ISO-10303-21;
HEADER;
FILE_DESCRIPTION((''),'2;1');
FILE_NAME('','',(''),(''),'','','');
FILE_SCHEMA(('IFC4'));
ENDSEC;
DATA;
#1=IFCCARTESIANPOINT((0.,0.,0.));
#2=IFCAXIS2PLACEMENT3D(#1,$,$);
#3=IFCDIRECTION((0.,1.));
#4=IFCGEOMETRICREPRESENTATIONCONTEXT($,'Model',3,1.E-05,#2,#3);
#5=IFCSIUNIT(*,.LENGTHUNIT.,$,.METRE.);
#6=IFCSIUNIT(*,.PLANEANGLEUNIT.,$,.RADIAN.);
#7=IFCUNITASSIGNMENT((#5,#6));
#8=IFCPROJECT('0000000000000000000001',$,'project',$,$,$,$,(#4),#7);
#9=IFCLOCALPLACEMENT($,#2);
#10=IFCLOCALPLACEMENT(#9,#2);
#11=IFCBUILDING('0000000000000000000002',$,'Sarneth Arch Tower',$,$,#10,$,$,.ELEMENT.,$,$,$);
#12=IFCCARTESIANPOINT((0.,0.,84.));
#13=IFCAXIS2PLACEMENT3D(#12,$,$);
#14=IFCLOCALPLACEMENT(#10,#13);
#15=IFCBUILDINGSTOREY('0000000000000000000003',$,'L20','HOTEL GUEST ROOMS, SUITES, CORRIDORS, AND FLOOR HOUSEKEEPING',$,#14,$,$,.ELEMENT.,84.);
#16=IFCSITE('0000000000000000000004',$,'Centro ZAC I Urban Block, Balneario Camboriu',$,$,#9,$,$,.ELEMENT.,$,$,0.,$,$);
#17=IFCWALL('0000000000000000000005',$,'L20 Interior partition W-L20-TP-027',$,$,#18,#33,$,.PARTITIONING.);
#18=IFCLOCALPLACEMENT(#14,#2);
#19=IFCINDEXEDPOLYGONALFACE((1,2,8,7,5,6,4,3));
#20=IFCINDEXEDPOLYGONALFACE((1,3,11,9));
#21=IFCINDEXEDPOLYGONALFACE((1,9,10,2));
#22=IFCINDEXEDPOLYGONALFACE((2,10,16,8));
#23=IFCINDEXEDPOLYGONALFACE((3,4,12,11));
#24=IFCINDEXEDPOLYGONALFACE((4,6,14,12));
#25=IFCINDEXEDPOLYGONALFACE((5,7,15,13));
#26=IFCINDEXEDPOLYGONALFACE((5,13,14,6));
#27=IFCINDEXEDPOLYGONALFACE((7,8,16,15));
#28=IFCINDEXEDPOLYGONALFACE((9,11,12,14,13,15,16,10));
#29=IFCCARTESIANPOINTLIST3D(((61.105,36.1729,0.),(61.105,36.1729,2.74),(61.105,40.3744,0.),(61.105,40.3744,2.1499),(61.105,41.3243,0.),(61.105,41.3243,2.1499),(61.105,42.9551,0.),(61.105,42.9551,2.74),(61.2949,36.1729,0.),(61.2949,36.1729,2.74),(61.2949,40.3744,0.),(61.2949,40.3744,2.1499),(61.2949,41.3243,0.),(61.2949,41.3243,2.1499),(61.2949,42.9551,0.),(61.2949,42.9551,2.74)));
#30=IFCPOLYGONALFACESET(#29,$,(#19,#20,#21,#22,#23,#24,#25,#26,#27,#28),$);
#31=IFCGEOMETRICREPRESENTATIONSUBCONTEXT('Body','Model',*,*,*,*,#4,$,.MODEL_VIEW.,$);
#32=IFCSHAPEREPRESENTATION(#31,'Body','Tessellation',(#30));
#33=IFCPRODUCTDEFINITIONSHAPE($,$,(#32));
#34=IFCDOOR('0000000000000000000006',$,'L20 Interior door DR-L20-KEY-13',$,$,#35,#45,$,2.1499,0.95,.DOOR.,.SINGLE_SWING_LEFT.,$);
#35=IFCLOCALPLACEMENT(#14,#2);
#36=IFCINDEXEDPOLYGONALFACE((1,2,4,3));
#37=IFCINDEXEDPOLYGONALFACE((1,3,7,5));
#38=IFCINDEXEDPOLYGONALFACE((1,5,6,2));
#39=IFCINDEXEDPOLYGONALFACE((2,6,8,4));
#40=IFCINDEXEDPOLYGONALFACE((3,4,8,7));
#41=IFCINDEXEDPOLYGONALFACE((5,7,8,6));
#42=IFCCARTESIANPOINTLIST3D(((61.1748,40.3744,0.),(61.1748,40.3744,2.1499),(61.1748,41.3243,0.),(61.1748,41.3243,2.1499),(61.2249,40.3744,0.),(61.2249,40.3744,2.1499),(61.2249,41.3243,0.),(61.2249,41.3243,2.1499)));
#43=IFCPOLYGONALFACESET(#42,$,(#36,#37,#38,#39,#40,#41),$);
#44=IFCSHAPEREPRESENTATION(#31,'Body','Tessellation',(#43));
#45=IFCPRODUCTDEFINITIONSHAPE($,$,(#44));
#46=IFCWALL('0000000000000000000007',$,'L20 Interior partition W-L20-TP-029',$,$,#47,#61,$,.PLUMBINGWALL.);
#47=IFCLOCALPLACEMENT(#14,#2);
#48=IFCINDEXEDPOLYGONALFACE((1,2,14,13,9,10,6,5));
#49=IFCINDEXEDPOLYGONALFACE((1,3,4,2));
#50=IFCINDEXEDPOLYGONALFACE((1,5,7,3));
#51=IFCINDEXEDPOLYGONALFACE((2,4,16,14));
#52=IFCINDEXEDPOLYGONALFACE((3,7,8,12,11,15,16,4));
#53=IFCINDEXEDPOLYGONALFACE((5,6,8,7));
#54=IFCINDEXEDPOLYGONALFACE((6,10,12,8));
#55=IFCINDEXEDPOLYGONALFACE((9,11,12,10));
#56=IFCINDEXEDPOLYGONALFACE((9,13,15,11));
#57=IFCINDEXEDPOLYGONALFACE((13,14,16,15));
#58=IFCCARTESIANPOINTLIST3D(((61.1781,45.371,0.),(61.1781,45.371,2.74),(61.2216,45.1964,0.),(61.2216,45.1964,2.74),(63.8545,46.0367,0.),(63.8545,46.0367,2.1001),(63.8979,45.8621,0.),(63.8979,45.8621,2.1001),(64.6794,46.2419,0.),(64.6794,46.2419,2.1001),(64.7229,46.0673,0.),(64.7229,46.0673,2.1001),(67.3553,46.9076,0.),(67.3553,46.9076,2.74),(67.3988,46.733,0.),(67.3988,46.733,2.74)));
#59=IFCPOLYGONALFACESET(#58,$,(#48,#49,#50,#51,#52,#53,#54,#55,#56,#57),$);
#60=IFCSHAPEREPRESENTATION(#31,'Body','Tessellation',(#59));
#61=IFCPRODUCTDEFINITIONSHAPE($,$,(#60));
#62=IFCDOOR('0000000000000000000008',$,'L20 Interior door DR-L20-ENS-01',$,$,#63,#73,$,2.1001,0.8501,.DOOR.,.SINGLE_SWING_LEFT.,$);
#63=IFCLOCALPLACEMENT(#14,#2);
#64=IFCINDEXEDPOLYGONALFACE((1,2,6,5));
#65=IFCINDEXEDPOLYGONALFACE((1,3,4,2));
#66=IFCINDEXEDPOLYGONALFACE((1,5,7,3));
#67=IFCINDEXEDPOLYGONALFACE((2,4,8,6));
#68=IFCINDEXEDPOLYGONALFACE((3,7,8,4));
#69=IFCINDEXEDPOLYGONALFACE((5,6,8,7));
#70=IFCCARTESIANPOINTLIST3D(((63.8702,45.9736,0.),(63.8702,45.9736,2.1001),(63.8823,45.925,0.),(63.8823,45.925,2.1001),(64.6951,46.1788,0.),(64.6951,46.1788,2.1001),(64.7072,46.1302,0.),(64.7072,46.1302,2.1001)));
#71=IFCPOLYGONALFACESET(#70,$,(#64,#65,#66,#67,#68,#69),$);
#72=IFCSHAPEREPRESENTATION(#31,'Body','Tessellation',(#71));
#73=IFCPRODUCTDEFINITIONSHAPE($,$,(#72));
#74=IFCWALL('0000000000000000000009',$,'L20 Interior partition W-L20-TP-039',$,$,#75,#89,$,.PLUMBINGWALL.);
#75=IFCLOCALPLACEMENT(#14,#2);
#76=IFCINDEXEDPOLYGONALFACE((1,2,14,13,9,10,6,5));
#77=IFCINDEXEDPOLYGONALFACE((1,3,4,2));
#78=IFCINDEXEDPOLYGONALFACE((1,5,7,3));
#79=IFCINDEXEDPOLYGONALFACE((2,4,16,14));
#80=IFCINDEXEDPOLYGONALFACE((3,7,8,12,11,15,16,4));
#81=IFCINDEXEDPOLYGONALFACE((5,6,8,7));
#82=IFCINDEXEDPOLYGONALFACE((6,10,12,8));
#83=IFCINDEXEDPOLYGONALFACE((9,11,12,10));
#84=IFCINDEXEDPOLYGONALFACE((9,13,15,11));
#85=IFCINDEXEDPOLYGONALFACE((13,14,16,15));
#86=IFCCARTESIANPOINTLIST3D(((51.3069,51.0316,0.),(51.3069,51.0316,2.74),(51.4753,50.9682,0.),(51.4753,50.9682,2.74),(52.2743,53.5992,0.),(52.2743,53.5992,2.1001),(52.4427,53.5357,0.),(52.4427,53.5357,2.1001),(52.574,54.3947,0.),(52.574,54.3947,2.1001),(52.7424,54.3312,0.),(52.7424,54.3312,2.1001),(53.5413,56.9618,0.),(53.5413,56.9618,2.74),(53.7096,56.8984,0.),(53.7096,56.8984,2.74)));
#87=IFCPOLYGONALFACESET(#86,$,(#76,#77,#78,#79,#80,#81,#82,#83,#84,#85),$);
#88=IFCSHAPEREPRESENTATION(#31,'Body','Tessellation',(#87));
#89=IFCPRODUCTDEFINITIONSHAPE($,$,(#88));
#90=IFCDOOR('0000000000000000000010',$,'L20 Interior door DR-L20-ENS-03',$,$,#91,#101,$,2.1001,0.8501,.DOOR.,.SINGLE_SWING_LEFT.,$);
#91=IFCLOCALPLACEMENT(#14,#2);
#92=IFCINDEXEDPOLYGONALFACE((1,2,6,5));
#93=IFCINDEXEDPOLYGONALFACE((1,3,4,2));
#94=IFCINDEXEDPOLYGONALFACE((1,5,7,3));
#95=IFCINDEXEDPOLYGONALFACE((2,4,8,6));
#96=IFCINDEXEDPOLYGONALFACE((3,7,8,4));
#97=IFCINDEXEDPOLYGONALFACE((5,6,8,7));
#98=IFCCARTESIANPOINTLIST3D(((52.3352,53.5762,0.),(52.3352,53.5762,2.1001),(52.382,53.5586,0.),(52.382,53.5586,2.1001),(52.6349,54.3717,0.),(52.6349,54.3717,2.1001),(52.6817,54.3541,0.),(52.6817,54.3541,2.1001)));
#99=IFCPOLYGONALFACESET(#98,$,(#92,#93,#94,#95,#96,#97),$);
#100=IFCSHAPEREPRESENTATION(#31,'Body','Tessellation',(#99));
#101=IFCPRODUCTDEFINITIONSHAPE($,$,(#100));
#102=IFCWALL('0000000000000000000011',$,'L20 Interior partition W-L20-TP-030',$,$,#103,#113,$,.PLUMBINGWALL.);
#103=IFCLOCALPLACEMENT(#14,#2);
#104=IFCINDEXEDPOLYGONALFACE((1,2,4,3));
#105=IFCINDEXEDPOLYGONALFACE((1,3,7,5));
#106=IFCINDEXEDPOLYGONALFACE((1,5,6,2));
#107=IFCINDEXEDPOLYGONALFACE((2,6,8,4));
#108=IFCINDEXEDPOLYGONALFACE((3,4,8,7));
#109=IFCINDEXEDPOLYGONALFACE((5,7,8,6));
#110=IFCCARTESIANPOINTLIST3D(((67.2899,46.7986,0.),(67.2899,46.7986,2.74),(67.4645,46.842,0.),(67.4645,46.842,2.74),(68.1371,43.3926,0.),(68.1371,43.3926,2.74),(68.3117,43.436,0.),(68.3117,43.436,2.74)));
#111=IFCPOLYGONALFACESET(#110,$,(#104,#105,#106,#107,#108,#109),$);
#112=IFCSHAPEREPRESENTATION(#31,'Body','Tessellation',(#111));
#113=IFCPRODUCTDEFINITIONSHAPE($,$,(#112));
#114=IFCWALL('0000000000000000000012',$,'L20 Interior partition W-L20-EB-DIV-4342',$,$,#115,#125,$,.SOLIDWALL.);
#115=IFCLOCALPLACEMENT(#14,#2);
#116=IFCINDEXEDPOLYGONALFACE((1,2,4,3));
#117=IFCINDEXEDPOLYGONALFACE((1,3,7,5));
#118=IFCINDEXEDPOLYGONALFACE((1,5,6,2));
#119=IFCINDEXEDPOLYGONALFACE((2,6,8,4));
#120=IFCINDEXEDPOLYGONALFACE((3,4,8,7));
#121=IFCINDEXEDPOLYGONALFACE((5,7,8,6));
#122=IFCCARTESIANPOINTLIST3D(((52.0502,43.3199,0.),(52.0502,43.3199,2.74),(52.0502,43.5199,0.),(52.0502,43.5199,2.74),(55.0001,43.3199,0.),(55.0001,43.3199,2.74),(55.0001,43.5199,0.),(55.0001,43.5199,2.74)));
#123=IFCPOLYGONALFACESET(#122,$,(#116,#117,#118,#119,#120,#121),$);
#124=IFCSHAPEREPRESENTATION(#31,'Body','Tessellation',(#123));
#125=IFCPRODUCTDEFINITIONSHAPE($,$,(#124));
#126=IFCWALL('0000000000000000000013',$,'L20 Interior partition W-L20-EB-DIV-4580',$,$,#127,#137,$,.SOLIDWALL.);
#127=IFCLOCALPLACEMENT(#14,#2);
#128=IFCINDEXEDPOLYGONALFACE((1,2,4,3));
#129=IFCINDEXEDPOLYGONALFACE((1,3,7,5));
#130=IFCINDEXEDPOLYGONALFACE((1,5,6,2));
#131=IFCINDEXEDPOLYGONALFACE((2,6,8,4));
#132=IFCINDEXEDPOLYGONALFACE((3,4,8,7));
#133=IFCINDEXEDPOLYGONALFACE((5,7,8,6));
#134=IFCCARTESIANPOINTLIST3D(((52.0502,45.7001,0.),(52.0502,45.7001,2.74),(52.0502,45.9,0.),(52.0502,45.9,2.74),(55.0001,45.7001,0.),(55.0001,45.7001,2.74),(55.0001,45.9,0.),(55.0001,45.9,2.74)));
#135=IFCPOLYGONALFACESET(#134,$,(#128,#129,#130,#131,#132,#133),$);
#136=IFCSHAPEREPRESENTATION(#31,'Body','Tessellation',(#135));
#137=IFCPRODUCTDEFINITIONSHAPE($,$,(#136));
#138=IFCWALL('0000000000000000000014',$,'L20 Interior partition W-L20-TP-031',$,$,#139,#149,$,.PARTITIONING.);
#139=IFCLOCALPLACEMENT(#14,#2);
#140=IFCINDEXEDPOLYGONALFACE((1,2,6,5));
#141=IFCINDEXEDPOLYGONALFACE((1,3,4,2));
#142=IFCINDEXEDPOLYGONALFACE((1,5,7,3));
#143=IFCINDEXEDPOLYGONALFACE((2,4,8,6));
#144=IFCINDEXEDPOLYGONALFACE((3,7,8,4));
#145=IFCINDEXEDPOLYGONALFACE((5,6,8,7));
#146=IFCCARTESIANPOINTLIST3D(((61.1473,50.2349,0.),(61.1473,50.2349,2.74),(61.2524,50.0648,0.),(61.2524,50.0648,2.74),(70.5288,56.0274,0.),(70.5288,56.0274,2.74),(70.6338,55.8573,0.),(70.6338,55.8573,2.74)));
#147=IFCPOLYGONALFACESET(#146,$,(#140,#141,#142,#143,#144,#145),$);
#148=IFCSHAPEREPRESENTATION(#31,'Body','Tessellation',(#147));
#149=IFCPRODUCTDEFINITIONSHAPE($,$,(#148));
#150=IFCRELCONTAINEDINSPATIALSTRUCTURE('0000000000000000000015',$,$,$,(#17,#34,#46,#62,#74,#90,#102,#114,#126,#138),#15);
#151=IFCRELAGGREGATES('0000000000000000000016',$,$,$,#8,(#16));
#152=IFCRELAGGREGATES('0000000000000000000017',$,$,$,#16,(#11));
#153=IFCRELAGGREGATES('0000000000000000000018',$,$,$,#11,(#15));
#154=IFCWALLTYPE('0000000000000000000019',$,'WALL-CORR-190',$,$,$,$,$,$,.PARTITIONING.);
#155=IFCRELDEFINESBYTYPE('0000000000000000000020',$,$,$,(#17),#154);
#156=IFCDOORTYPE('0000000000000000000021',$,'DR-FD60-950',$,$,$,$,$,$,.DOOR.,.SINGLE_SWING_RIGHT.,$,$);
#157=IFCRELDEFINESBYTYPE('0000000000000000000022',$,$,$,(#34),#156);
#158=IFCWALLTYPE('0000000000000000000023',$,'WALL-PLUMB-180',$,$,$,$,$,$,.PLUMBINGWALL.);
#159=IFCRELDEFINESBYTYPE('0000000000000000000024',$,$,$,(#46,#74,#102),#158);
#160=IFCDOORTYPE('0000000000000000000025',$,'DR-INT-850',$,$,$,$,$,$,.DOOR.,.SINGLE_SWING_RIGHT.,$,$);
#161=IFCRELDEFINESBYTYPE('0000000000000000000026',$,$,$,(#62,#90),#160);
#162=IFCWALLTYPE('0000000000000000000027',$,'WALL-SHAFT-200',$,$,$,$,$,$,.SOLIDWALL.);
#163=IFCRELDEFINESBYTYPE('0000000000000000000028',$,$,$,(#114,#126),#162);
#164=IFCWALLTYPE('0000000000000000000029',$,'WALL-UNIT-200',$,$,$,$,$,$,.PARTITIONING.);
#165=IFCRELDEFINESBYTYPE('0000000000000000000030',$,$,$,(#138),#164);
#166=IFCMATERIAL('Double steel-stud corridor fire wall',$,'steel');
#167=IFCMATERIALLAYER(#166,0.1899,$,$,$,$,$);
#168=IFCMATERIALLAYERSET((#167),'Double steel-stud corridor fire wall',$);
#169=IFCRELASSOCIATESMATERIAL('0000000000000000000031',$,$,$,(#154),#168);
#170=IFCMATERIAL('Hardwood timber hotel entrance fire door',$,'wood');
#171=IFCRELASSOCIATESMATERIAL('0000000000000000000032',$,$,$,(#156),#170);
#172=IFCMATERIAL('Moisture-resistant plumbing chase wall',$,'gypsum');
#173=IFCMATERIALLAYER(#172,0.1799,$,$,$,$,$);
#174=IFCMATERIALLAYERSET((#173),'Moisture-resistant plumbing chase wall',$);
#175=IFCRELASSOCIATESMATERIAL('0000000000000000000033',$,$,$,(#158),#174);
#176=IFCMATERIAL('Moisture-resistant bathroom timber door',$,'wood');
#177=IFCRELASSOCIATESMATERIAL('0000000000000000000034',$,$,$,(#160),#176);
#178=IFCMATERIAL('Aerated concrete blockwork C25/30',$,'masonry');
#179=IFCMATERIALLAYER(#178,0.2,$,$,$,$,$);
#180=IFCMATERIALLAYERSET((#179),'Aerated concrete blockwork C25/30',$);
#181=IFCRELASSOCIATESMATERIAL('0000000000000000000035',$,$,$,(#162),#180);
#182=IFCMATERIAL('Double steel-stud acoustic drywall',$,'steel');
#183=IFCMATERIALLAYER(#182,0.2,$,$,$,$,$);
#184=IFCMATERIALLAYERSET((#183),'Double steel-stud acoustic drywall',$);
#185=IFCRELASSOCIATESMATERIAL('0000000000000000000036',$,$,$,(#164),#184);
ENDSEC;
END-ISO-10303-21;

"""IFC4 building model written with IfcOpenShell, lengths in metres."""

from ifc_helpers import new_model, si_unit, direction, frame, frame_2d, origin, place, context, subcontext, project, spatial, rectangle, extrude, material, layer, layer_set, type_object, element, fill, save


model = new_model("IFC4")

# Units and contexts
model_context = context("Model", 3, precision=1e-05, world=origin(), true_north=direction((0.0, 1.0)))
body_context = subcontext(model_context, "Body", "Model", "MODEL_VIEW")
ifc_project = project(units=[si_unit("LENGTHUNIT", "METRE"), si_unit("PLANEANGLEUNIT", "RADIAN")], contexts=[model_context])

# Site, building, storey
site_placement = place(None, origin())
site = spatial("IfcSite", under=ifc_project, at=site_placement, Name="Centro ZAC I Urban Block, Balneario Camboriu", CompositionType="ELEMENT", RefElevation=0.0)
building_placement = place(site_placement, origin())
building = spatial("IfcBuilding", under=site, at=building_placement, Name="Sarneth Arch Tower", CompositionType="ELEMENT")
storey_placement = place(building_placement, frame((0.0, 0.0, 84.0)))
storey = spatial("IfcBuildingStorey", under=building, at=storey_placement, Name="L20", Description="HOTEL GUEST ROOMS, SUITES, CORRIDORS, AND FLOOR HOUSEKEEPING", CompositionType="ELEMENT", Elevation=84.0)

# Walls, openings, doors
ifc_material_1 = material(Name="Double steel-stud corridor fire wall", Category="steel")
ifc_layer_1 = layer(ifc_material_1, 0.1899)
ifc_layer_set_1 = layer_set([ifc_layer_1], Name="Double steel-stud corridor fire wall")
wall_type_1 = type_object("IfcWallType", Name="WALL-CORR-190", PredefinedType="PARTITIONING", material=ifc_layer_set_1)
ifc_material_2 = material(Name="Hardwood timber hotel entrance fire door", Category="wood")
door_type_1 = type_object("IfcDoorType", Name="DR-FD60-950", OperationType="SINGLE_SWING_RIGHT", PredefinedType="DOOR", material=ifc_material_2)
wall_1_placement = place(storey_placement, frame((61.2, 42.9551, 0.0), z_axis=(0.0, 0.0, 1.0), x_axis=(0.0, -1.0, 0.0)))
wall_1 = element("IfcWall", 1, at=wall_1_placement, inside=storey, type_object=wall_type_1, Name="L20 Interior partition W-L20-TP-027", PredefinedType="PARTITIONING", context=body_context, shape_type="SweptSolid", body=[
    extrude(rectangle(XDim=6.7822, YDim=0.1899, at=frame_2d((3.3911, 0.0))), origin(), (0.0, 0.0, 1.0), 2.74),
])
opening_1_placement = place(wall_1_placement, frame((1.6306, 0.0, 0.0)))
opening_1 = element("IfcOpeningElement", 2, at=opening_1_placement, cuts=wall_1, PredefinedType="OPENING", context=body_context, shape_type="SweptSolid", body=[
    extrude(rectangle(XDim=0.95, YDim=2.1499, at=frame_2d((0.4751, 1.075))), frame((0.0, 0.105, 0.0), z_axis=(0.0, -1.0, 0.0), x_axis=(1.0, 0.0, 0.0)), (0.0, 0.0, 1.0), 0.21),
])
door_1_placement = place(opening_1_placement, origin())
door_1 = element("IfcDoor", 3, at=door_1_placement, inside=storey, type_object=door_type_1, Name="L20 Interior door DR-L20-KEY-13", OperationType="SINGLE_SWING_LEFT", OverallHeight=2.1499, OverallWidth=0.95, PredefinedType="DOOR", context=body_context, shape_type="SweptSolid", body=[
    extrude(rectangle(XDim=0.95, YDim=2.1499, at=frame_2d((0.4751, 1.075))), frame((0.0, 0.0249, 0.0), z_axis=(0.0, -1.0, 0.0), x_axis=(1.0, 0.0, 0.0)), (0.0, 0.0, 1.0), 0.05),
])
fill(opening_1, door_1)
ifc_material_3 = material(Name="Moisture-resistant plumbing chase wall", Category="gypsum")
ifc_layer_2 = layer(ifc_material_3, 0.1799)
ifc_layer_set_2 = layer_set([ifc_layer_2], Name="Moisture-resistant plumbing chase wall")
wall_type_2 = type_object("IfcWallType", Name="WALL-PLUMB-180", PredefinedType="PLUMBINGWALL", material=ifc_layer_set_2)
wall_2_placement = place(storey_placement, frame((61.2, 45.2837, 0.0), z_axis=(0.0, 0.0, 1.0), x_axis=(0.970426, 0.241398, 0.0)))
wall_2 = element("IfcWall", 4, at=wall_2_placement, inside=storey, type_object=wall_type_2, Name="L20 Interior partition W-L20-TP-029", PredefinedType="PLUMBINGWALL", context=body_context, shape_type="SweptSolid", body=[
    extrude(rectangle(XDim=6.3655, YDim=0.1799, at=frame_2d((3.1826, 0.0))), origin(), (0.0, 0.0, 1.0), 2.74),
])
opening_2_placement = place(wall_2_placement, frame((2.7578, 0.0, 0.0)))
opening_2 = element("IfcOpeningElement", 5, at=opening_2_placement, cuts=wall_2, PredefinedType="OPENING", context=body_context, shape_type="SweptSolid", body=[
    extrude(rectangle(XDim=0.8501, YDim=2.1001, at=frame_2d((0.425, 1.05))), frame((0.0, 0.0999, 0.0), z_axis=(0.0, -1.0, 0.0), x_axis=(1.0, 0.0, 0.0)), (0.0, 0.0, 1.0), 0.2),
])
ifc_material_4 = material(Name="Moisture-resistant bathroom timber door", Category="wood")
door_type_2 = type_object("IfcDoorType", Name="DR-INT-850", OperationType="SINGLE_SWING_RIGHT", PredefinedType="DOOR", material=ifc_material_4)
door_2_placement = place(opening_2_placement, origin())
door_2 = element("IfcDoor", 6, at=door_2_placement, inside=storey, type_object=door_type_2, Name="L20 Interior door DR-L20-ENS-01", OperationType="SINGLE_SWING_LEFT", OverallHeight=2.1001, OverallWidth=0.8501, PredefinedType="DOOR", context=body_context, shape_type="SweptSolid", body=[
    extrude(rectangle(XDim=0.8501, YDim=2.1001, at=frame_2d((0.425, 1.05))), frame((0.0, 0.0249, 0.0), z_axis=(0.0, -1.0, 0.0), x_axis=(1.0, 0.0, 0.0)), (0.0, 0.0, 1.0), 0.05),
])
fill(opening_2, door_2)
wall_3_placement = place(storey_placement, frame((51.3911, 51.0, 0.0), z_axis=(0.0, 0.0, 1.0), x_axis=(0.352584, 0.93578, 0.0)))
wall_3 = element("IfcWall", 7, at=wall_3_placement, inside=storey, type_object=wall_type_2, Name="L20 Interior partition W-L20-TP-039", PredefinedType="PLUMBINGWALL", context=body_context, shape_type="SweptSolid", body=[
    extrude(rectangle(XDim=6.3372, YDim=0.1799, at=frame_2d((3.1685, 0.0))), origin(), (0.0, 0.0, 1.0), 2.74),
])
opening_3_placement = place(wall_3_placement, frame((2.7437, 0.0, 0.0)))
opening_3 = element("IfcOpeningElement", 8, at=opening_3_placement, cuts=wall_3, PredefinedType="OPENING", context=body_context, shape_type="SweptSolid", body=[
    extrude(rectangle(XDim=0.8501, YDim=2.1001, at=frame_2d((0.425, 1.05))), frame((0.0, 0.0999, 0.0), z_axis=(0.0, -1.0, 0.0), x_axis=(1.0, 0.0, 0.0)), (0.0, 0.0, 1.0), 0.2),
])
door_3_placement = place(opening_3_placement, origin())
door_3 = element("IfcDoor", 9, at=door_3_placement, inside=storey, type_object=door_type_2, Name="L20 Interior door DR-L20-ENS-03", OperationType="SINGLE_SWING_LEFT", OverallHeight=2.1001, OverallWidth=0.8501, PredefinedType="DOOR", context=body_context, shape_type="SweptSolid", body=[
    extrude(rectangle(XDim=0.8501, YDim=2.1001, at=frame_2d((0.425, 1.05))), frame((0.0, 0.0249, 0.0), z_axis=(0.0, -1.0, 0.0), x_axis=(1.0, 0.0, 0.0)), (0.0, 0.0, 1.0), 0.05),
])
fill(opening_3, door_3)

# Walls
wall_4_placement = place(storey_placement, frame((67.3772, 46.8203, 0.0), z_axis=(0.0, 0.0, 1.0), x_axis=(0.241373, -0.970432, 0.0)))
element("IfcWall", 10, at=wall_4_placement, inside=storey, type_object=wall_type_2, Name="L20 Interior partition W-L20-TP-030", PredefinedType="PLUMBINGWALL", context=body_context, shape_type="SweptSolid", body=[
    extrude(rectangle(XDim=3.5098, YDim=0.1799, at=frame_2d((1.7549, 0.0))), origin(), (0.0, 0.0, 1.0), 2.74),
])
ifc_material_5 = material(Name="Aerated concrete blockwork C25/30", Category="masonry")
ifc_layer_3 = layer(ifc_material_5, 0.2)
ifc_layer_set_3 = layer_set([ifc_layer_3], Name="Aerated concrete blockwork C25/30")
wall_type_3 = type_object("IfcWallType", Name="WALL-SHAFT-200", PredefinedType="SOLIDWALL", material=ifc_layer_set_3)
for number, where, z_axis, x_axis, name in (
    (11, (52.05, 43.4199, 0.0), (0.0, 0.0, 1.0), (1.0, 0.0, 0.0), "L20 Interior partition W-L20-EB-DIV-4342"),
    (12, (52.05, 45.8, 0.0), (0.0, 0.0, 1.0), (1.0, 0.0, 0.0), "L20 Interior partition W-L20-EB-DIV-4580"),
):
    element("IfcWall", number, at=place(storey_placement, frame(where, z_axis=z_axis, x_axis=x_axis)), inside=storey, type_object=wall_type_3, Name=name, PredefinedType="SOLIDWALL", context=body_context, shape_type="SweptSolid", body=[
        extrude(rectangle(XDim=2.95, YDim=0.2, at=frame_2d((1.4751, 0.0))), origin(), (0.0, 0.0, 1.0), 2.74),
    ])
ifc_material_6 = material(Name="Double steel-stud acoustic drywall", Category="steel")
ifc_layer_4 = layer(ifc_material_6, 0.2)
ifc_layer_set_4 = layer_set([ifc_layer_4], Name="Double steel-stud acoustic drywall")
wall_type_4 = type_object("IfcWallType", Name="WALL-UNIT-200", PredefinedType="PARTITIONING", material=ifc_layer_set_4)
wall_5_placement = place(storey_placement, frame((61.2, 50.1499, 0.0), z_axis=(0.0, 0.0, 1.0), x_axis=(0.850874, 0.525369, 0.0)))
element("IfcWall", 13, at=wall_5_placement, inside=storey, type_object=wall_type_4, Name="L20 Interior partition W-L20-TP-031", PredefinedType="PARTITIONING", context=body_context, shape_type="SweptSolid", body=[
    extrude(rectangle(XDim=11.0256, YDim=0.2, at=frame_2d((5.5127, 0.0))), origin(), (0.0, 0.0, 1.0), 2.74),
])

save(model, "model.ifc")
